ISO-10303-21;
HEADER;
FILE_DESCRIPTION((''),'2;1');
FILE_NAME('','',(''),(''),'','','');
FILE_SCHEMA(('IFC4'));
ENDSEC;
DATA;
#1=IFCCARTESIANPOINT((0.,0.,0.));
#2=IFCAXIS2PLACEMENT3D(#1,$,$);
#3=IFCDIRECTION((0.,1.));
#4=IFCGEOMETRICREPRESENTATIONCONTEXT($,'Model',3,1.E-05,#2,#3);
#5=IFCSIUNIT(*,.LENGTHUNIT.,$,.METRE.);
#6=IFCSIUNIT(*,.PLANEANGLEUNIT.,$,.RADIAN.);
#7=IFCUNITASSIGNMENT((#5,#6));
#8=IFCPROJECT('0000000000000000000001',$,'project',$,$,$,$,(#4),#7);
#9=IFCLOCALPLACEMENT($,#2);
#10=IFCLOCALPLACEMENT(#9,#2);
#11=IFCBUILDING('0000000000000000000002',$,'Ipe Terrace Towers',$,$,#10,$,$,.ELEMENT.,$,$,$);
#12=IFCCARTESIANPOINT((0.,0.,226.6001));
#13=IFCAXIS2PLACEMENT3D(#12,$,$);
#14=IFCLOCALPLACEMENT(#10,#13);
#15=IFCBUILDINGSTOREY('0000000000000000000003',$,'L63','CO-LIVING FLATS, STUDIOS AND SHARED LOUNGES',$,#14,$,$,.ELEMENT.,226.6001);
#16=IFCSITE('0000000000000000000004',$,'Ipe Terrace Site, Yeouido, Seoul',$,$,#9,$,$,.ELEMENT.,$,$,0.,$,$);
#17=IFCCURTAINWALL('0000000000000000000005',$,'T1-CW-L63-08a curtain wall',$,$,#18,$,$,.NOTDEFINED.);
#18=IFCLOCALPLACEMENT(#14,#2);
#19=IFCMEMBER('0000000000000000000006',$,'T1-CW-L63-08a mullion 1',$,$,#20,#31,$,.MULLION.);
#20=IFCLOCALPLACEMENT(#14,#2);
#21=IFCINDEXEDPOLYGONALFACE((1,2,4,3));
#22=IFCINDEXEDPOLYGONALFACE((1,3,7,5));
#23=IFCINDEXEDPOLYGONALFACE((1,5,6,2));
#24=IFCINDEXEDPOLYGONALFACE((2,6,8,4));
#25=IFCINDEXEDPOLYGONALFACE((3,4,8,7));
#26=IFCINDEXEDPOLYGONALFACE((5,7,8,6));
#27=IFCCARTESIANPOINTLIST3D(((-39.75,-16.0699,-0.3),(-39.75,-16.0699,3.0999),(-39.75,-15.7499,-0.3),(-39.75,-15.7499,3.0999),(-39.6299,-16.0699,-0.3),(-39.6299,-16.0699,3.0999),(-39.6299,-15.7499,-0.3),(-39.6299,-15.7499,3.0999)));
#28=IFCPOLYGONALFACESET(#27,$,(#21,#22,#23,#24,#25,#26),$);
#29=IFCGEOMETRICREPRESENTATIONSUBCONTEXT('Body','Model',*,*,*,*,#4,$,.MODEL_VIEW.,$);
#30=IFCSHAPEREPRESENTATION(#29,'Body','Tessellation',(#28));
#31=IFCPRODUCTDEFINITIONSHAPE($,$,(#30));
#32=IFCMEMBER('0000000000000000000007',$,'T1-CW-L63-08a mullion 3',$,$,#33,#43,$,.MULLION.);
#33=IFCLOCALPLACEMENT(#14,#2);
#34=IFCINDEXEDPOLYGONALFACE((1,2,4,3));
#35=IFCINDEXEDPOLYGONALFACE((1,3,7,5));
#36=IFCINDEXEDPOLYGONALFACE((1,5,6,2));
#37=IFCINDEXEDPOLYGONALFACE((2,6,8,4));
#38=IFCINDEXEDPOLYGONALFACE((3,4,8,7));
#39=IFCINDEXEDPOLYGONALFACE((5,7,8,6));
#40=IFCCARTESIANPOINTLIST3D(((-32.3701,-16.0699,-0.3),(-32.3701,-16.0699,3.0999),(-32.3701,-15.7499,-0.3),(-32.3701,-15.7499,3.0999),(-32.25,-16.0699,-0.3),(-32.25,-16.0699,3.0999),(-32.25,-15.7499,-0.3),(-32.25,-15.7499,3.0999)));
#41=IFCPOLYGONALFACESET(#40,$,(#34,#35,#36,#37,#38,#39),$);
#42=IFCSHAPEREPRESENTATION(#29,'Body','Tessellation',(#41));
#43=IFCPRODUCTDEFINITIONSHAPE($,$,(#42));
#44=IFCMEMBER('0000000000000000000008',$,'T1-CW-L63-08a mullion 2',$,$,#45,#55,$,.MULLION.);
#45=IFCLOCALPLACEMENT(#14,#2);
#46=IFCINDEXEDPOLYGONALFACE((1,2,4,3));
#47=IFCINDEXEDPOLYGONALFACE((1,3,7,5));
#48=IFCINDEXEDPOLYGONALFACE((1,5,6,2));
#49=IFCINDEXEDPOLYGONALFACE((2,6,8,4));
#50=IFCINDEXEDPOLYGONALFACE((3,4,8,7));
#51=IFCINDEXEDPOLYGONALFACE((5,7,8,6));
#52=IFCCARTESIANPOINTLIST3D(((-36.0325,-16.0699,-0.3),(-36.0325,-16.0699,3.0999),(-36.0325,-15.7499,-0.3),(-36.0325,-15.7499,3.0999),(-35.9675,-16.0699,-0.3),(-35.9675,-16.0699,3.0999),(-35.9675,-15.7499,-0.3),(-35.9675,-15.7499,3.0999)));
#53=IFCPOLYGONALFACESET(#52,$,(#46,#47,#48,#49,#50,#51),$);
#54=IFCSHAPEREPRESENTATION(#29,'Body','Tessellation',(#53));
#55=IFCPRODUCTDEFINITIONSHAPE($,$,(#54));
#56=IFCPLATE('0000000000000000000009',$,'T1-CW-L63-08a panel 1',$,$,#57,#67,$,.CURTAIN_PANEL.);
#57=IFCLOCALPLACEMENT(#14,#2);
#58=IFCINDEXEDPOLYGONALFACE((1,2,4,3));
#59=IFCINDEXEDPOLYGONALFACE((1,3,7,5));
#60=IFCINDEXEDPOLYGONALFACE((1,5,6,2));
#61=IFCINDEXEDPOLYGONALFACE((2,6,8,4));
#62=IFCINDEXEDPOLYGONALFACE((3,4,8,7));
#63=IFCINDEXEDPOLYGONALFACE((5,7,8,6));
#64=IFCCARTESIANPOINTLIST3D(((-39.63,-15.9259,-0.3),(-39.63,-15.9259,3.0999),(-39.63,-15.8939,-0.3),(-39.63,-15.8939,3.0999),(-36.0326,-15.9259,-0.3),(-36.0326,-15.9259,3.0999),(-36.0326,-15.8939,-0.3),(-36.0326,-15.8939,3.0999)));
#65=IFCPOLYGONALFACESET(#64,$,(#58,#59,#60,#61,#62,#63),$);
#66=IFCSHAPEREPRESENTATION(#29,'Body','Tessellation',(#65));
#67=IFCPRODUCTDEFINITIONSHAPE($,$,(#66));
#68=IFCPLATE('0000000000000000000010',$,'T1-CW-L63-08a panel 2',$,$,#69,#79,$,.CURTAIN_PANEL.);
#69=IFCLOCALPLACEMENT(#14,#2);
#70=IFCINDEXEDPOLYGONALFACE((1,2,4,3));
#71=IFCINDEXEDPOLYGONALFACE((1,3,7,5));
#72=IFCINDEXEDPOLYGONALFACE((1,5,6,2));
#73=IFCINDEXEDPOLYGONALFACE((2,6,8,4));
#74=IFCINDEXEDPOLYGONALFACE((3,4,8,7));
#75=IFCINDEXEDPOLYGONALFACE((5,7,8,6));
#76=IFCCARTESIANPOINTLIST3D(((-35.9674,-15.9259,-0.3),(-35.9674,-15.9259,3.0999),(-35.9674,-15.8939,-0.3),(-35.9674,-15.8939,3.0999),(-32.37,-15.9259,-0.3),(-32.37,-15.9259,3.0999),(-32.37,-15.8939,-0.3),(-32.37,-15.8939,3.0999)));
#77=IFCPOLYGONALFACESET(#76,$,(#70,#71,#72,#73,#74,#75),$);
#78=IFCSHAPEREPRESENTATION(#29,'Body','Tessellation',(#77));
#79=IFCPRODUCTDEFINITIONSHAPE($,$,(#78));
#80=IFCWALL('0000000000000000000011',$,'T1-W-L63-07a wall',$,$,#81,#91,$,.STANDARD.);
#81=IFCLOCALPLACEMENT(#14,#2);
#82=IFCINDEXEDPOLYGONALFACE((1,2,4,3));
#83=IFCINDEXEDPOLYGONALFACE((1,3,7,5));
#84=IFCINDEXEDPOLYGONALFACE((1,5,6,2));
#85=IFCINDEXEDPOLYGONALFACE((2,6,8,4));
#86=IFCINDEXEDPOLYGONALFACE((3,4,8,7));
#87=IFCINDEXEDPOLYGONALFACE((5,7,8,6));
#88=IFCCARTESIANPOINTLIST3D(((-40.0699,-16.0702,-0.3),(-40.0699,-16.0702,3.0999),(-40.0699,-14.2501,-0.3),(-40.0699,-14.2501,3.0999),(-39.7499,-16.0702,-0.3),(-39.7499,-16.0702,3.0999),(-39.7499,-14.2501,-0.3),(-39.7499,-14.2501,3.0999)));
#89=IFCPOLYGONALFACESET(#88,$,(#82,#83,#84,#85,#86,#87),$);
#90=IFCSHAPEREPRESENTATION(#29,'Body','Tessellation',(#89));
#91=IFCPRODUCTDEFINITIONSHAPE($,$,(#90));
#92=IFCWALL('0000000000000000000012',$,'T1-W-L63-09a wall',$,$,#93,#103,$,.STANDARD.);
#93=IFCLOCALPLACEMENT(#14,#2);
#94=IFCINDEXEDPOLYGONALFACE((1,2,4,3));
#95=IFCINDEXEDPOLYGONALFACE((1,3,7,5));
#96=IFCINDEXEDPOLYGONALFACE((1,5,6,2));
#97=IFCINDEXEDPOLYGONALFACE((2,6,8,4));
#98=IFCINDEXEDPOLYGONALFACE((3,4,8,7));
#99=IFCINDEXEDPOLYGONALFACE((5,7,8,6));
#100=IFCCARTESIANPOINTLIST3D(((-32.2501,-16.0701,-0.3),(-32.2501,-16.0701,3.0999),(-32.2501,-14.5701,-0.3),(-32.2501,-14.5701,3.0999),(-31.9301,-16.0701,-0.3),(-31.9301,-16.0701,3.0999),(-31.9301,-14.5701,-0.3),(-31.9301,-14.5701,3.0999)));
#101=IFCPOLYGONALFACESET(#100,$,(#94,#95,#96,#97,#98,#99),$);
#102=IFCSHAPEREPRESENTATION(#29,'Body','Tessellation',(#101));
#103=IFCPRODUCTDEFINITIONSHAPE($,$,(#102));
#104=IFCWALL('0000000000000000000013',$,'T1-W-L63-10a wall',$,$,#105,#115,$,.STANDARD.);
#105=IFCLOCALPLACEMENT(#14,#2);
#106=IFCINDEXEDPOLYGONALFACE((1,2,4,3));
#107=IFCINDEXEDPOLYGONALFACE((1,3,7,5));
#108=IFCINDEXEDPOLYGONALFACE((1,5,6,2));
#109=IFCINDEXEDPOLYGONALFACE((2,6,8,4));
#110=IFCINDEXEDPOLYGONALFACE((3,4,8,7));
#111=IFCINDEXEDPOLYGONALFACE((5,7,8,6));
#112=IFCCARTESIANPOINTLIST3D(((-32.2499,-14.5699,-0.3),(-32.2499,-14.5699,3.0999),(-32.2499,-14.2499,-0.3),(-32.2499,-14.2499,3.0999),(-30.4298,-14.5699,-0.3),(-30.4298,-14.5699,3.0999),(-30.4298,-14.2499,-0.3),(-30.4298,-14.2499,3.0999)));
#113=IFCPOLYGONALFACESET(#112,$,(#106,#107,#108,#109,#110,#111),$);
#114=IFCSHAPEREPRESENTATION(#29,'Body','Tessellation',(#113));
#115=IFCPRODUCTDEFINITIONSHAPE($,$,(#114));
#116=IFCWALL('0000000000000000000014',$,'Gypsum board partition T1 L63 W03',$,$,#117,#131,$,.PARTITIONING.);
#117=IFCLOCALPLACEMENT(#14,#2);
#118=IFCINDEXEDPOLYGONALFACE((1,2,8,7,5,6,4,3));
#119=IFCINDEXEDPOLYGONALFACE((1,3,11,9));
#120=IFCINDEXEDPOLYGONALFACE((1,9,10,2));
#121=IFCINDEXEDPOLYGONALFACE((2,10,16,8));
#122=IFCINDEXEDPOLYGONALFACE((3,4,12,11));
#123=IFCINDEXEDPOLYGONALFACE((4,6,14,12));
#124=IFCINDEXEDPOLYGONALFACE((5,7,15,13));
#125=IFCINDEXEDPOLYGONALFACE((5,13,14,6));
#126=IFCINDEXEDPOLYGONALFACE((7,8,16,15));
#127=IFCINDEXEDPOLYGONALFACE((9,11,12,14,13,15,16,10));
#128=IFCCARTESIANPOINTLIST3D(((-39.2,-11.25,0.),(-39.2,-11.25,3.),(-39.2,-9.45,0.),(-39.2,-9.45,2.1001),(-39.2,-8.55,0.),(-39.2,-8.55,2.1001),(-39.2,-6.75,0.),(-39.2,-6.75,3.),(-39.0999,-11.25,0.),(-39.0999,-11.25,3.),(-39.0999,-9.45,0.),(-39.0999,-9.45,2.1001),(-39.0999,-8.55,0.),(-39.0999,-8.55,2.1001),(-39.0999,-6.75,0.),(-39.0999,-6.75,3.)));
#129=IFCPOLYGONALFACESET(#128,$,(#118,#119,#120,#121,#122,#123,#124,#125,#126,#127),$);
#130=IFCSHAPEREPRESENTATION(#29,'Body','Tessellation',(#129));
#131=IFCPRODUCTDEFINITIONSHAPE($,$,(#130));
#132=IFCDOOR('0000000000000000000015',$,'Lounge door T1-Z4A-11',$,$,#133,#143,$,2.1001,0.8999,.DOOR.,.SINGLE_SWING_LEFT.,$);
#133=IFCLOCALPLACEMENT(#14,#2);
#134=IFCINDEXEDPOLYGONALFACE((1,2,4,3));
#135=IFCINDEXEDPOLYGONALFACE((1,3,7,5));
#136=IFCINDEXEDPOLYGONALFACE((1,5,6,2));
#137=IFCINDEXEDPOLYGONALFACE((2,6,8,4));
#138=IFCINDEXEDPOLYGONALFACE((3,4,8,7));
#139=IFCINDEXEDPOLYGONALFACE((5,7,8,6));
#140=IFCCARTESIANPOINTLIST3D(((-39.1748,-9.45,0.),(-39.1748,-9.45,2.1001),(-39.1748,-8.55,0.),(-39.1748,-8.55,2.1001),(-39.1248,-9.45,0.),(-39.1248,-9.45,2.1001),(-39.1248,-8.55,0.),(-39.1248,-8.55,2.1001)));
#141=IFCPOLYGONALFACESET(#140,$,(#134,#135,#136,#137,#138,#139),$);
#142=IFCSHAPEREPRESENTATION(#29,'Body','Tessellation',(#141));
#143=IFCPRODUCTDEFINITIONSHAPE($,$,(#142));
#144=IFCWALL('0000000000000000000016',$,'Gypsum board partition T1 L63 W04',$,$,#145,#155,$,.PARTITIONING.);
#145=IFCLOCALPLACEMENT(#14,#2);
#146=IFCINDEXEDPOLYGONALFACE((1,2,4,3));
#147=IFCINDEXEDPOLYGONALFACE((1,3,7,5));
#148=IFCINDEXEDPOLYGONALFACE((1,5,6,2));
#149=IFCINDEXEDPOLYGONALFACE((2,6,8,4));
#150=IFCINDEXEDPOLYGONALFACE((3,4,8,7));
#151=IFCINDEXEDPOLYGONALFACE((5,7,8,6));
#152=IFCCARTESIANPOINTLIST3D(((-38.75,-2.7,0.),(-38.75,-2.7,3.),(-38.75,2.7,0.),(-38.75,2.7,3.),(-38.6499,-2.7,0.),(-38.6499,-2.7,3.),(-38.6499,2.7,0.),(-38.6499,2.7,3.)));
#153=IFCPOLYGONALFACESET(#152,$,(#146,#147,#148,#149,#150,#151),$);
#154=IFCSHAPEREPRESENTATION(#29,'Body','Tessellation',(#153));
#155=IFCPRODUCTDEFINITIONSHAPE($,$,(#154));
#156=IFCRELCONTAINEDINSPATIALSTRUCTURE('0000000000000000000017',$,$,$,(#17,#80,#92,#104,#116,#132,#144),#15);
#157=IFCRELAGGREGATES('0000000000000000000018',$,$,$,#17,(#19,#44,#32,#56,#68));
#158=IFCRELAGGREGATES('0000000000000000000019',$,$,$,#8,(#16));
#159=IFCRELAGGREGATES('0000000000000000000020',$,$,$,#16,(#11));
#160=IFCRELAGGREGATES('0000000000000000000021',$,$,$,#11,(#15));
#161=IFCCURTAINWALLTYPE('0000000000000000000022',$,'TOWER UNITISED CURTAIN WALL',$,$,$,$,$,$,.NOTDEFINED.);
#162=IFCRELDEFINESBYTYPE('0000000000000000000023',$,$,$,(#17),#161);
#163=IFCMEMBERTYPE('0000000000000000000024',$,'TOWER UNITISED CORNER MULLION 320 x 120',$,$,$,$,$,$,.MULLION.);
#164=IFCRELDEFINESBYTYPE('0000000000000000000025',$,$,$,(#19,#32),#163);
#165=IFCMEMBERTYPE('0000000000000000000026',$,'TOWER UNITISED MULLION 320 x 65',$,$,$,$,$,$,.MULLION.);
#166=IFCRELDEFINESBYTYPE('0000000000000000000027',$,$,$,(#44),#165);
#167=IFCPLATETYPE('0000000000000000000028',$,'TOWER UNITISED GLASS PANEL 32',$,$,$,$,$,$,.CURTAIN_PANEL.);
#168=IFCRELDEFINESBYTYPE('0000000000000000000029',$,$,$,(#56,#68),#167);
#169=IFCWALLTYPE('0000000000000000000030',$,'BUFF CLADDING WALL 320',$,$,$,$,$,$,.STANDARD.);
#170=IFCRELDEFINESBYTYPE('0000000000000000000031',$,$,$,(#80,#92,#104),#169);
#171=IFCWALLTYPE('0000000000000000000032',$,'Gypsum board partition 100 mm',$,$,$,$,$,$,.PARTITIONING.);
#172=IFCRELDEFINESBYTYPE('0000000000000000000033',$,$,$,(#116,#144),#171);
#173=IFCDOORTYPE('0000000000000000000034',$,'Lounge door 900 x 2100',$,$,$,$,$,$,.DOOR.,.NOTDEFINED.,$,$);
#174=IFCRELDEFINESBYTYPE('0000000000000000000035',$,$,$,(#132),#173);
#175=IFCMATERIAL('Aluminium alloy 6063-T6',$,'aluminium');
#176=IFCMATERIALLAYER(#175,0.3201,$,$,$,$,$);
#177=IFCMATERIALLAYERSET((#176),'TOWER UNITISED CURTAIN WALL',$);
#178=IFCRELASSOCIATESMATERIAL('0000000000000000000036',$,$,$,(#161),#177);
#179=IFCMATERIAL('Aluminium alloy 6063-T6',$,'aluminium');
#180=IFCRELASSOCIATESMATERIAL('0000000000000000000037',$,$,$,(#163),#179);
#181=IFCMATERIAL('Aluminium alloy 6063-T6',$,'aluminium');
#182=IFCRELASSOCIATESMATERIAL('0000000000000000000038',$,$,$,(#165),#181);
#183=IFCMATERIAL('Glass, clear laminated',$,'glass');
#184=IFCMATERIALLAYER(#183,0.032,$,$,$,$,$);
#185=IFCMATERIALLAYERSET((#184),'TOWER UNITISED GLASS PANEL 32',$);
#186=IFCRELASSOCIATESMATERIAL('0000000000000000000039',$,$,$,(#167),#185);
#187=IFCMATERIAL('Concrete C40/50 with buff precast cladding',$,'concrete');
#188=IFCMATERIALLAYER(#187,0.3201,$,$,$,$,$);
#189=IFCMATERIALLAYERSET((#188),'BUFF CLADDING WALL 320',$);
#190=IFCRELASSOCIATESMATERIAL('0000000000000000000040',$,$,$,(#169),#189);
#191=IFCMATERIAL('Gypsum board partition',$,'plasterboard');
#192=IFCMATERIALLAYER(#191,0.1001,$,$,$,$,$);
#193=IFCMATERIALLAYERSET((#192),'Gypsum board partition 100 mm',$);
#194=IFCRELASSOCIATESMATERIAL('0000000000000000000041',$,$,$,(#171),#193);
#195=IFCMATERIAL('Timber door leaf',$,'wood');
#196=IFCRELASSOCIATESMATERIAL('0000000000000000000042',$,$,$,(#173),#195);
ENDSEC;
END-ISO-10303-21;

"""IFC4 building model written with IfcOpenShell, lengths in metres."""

from ifc_helpers import new_model, si_unit, direction, frame, frame_2d, origin, origin_2d, place, context, subcontext, project, spatial, rectangle, extrude, material, layer, layer_set, material_profile, profile_set, type_object, element, fill, aggregate, save


model = new_model("IFC4")

# Units and contexts
model_context = context("Model", 3, precision=1e-05, world=origin(), true_north=direction((0.0, 1.0)))
body_context = subcontext(model_context, "Body", "Model", "MODEL_VIEW")
ifc_project = project(units=[si_unit("LENGTHUNIT", "METRE"), si_unit("PLANEANGLEUNIT", "RADIAN")], contexts=[model_context])

# Site, building, storey
site_placement = place(None, origin())
site = spatial("IfcSite", under=ifc_project, at=site_placement, Name="Ipe Terrace Site, Yeouido, Seoul", CompositionType="ELEMENT", RefElevation=0.0)
building_placement = place(site_placement, origin())
building = spatial("IfcBuilding", under=site, at=building_placement, Name="Ipe Terrace Towers", CompositionType="ELEMENT")
storey_placement = place(building_placement, frame((0.0, 0.0, 226.6001)))
storey = spatial("IfcBuildingStorey", under=building, at=storey_placement, Name="L63", Description="CO-LIVING FLATS, STUDIOS AND SHARED LOUNGES", CompositionType="ELEMENT", Elevation=226.6001)

# Curtain wall, members, plates
ifc_material_1 = material(Name="Aluminium alloy 6063-T6", Category="aluminium")
ifc_layer_1 = layer(ifc_material_1, 0.3201)
ifc_layer_set_1 = layer_set([ifc_layer_1], Name="TOWER UNITISED CURTAIN WALL")
curtain_wall_type = type_object("IfcCurtainWallType", Name="TOWER UNITISED CURTAIN WALL", PredefinedType="NOTDEFINED", material=ifc_layer_set_1)
curtain_wall_placement = place(storey_placement, origin())
curtain_wall = element("IfcCurtainWall", 1, at=curtain_wall_placement, inside=storey, type_object=curtain_wall_type, Name="T1-CW-L63-08a curtain wall", PredefinedType="NOTDEFINED")
ifc_material_2 = material(Name="Aluminium alloy 6063-T6", Category="aluminium")
ifc_material_profile_1 = material_profile(ifc_material_2, rectangle(XDim=0.3201, YDim=0.1201, at=origin_2d()), Name="TOWER UNITISED CORNER MULLION 320 x 120")
ifc_profile_set_1 = profile_set([ifc_material_profile_1], Name="Aluminium alloy 6063-T6")
member_type_1 = type_object("IfcMemberType", Name="TOWER UNITISED CORNER MULLION 320 x 120", PredefinedType="MULLION", material=ifc_profile_set_1)
member_1_placement = place(storey_placement, frame((-39.6899, -15.9099, -0.3), z_axis=(0.0, 0.0, 1.0), x_axis=(0.0, -1.0, 0.0)))
member_1 = element("IfcMember", 2, at=member_1_placement, type_object=member_type_1, Name="T1-CW-L63-08a mullion 1", PredefinedType="MULLION", context=body_context, shape_type="SweptSolid", body=[
    extrude(rectangle(XDim=0.3201, YDim=0.1201, at=origin_2d()), origin(), (0.0, 0.0, 1.0), 3.3999),
])
member_2_placement = place(storey_placement, frame((-32.3101, -15.9099, -0.3), z_axis=(0.0, 0.0, 1.0), x_axis=(0.0, -1.0, 0.0)))
member_2 = element("IfcMember", 3, at=member_2_placement, type_object=member_type_1, Name="T1-CW-L63-08a mullion 3", PredefinedType="MULLION", context=body_context, shape_type="SweptSolid", body=[
    extrude(rectangle(XDim=0.3201, YDim=0.1201, at=origin_2d()), origin(), (0.0, 0.0, 1.0), 3.3999),
])
ifc_material_3 = material(Name="Aluminium alloy 6063-T6", Category="aluminium")
ifc_material_profile_2 = material_profile(ifc_material_3, rectangle(XDim=0.3201, YDim=0.0649, at=origin_2d()), Name="TOWER UNITISED MULLION 320 x 65")
ifc_profile_set_2 = profile_set([ifc_material_profile_2], Name="Aluminium alloy 6063-T6")
member_type_2 = type_object("IfcMemberType", Name="TOWER UNITISED MULLION 320 x 65", PredefinedType="MULLION", material=ifc_profile_set_2)
member_3_placement = place(storey_placement, frame((-36.0, -15.9099, -0.3), z_axis=(0.0, 0.0, 1.0), x_axis=(0.0, -1.0, 0.0)))
member_3 = element("IfcMember", 4, at=member_3_placement, type_object=member_type_2, Name="T1-CW-L63-08a mullion 2", PredefinedType="MULLION", context=body_context, shape_type="SweptSolid", body=[
    extrude(rectangle(XDim=0.3201, YDim=0.0649, at=origin_2d()), origin(), (0.0, 0.0, 1.0), 3.3999),
])
ifc_material_4 = material(Name="Glass, clear laminated", Category="glass")
ifc_layer_2 = layer(ifc_material_4, 0.032)
ifc_layer_set_2 = layer_set([ifc_layer_2], Name="TOWER UNITISED GLASS PANEL 32")
plate_type = type_object("IfcPlateType", Name="TOWER UNITISED GLASS PANEL 32", PredefinedType="CURTAIN_PANEL", material=ifc_layer_set_2)
plate_1_placement = place(storey_placement, frame((-37.8313, -15.9099, -0.3), z_axis=(0.0, 0.0, 1.0), x_axis=(1.0, 0.0, 0.0)))
plate_1 = element("IfcPlate", 5, at=plate_1_placement, type_object=plate_type, Name="T1-CW-L63-08a panel 1", PredefinedType="CURTAIN_PANEL", context=body_context, shape_type="SweptSolid", body=[
    extrude(rectangle(XDim=3.5974, YDim=0.032, at=origin_2d()), origin(), (0.0, 0.0, 1.0), 3.3999),
])
plate_2_placement = place(storey_placement, frame((-34.1687, -15.9099, -0.3), z_axis=(0.0, 0.0, 1.0), x_axis=(1.0, 0.0, 0.0)))
plate_2 = element("IfcPlate", 6, at=plate_2_placement, type_object=plate_type, Name="T1-CW-L63-08a panel 2", PredefinedType="CURTAIN_PANEL", context=body_context, shape_type="SweptSolid", body=[
    extrude(rectangle(XDim=3.5974, YDim=0.032, at=origin_2d()), origin(), (0.0, 0.0, 1.0), 3.3999),
])
aggregate(curtain_wall, [member_1, member_3, member_2, plate_1, plate_2])

# Walls
ifc_material_5 = material(Name="Concrete C40/50 with buff precast cladding", Category="concrete")
ifc_layer_3 = layer(ifc_material_5, 0.3201)
ifc_layer_set_3 = layer_set([ifc_layer_3], Name="BUFF CLADDING WALL 320")
wall_type_1 = type_object("IfcWallType", Name="BUFF CLADDING WALL 320", PredefinedType="STANDARD", material=ifc_layer_set_3)
wall_1_placement = place(storey_placement, frame((-39.9099, -14.25, -0.3), z_axis=(0.0, 0.0, 1.0), x_axis=(0.0, -1.0, 0.0)))
element("IfcWall", 7, at=wall_1_placement, inside=storey, type_object=wall_type_1, Name="T1-W-L63-07a wall", PredefinedType="STANDARD", context=body_context, shape_type="SweptSolid", body=[
    extrude(rectangle(XDim=1.8201, YDim=0.3201, at=frame_2d((0.9102, 0.0))), origin(), (0.0, 0.0, 1.0), 3.3999),
])
wall_2_placement = place(storey_placement, frame((-32.0901, -16.0701, -0.3), z_axis=(0.0, 0.0, 1.0), x_axis=(0.0, 1.0, 0.0)))
element("IfcWall", 8, at=wall_2_placement, inside=storey, type_object=wall_type_1, Name="T1-W-L63-09a wall", PredefinedType="STANDARD", context=body_context, shape_type="SweptSolid", body=[
    extrude(rectangle(XDim=1.5, YDim=0.3201, at=frame_2d((0.75, 0.0))), origin(), (0.0, 0.0, 1.0), 3.3999),
])
wall_3_placement = place(storey_placement, frame((-32.25, -14.4099, -0.3), z_axis=(0.0, 0.0, 1.0), x_axis=(1.0, 0.0, 0.0)))
element("IfcWall", 9, at=wall_3_placement, inside=storey, type_object=wall_type_1, Name="T1-W-L63-10a wall", PredefinedType="STANDARD", context=body_context, shape_type="SweptSolid", body=[
    extrude(rectangle(XDim=1.8201, YDim=0.3201, at=frame_2d((0.9102, 0.0))), origin(), (0.0, 0.0, 1.0), 3.3999),
])

# Wall, opening, door
ifc_material_6 = material(Name="Gypsum board partition", Category="plasterboard")
ifc_layer_4 = layer(ifc_material_6, 0.1001)
ifc_layer_set_4 = layer_set([ifc_layer_4], Name="Gypsum board partition 100 mm")
wall_type_2 = type_object("IfcWallType", Name="Gypsum board partition 100 mm", PredefinedType="PARTITIONING", material=ifc_layer_set_4)
wall_4_placement = place(storey_placement, frame((-39.1499, -11.25, 0.0), z_axis=(0.0, 0.0, 1.0), x_axis=(0.0, 1.0, 0.0)))
wall_4 = element("IfcWall", 10, at=wall_4_placement, inside=storey, type_object=wall_type_2, Name="Gypsum board partition T1 L63 W03", PredefinedType="PARTITIONING", context=body_context, shape_type="SweptSolid", body=[
    extrude(rectangle(XDim=4.5, YDim=0.1001, at=frame_2d((2.25, 0.0))), origin(), (0.0, 0.0, 1.0), 3.0),
])
opening_1_placement = place(wall_4_placement, frame((1.8, 0.0, 0.0)))
opening_1 = element("IfcOpeningElement", 11, at=opening_1_placement, cuts=wall_4, PredefinedType="OPENING", context=body_context, shape_type="SweptSolid", body=[
    extrude(rectangle(XDim=0.8999, YDim=2.1001, at=frame_2d((0.45, 1.05))), frame((0.0, 0.0601, 0.0), z_axis=(0.0, -1.0, 0.0), x_axis=(1.0, 0.0, 0.0)), (0.0, 0.0, 1.0), 0.1201),
])
ifc_material_7 = material(Name="Timber door leaf", Category="wood")
door_type = type_object("IfcDoorType", Name="Lounge door 900 x 2100", OperationType="NOTDEFINED", PredefinedType="DOOR", material=ifc_material_7)
door_1_placement = place(opening_1_placement, origin())
door_1 = element("IfcDoor", 12, at=door_1_placement, inside=storey, type_object=door_type, Name="Lounge door T1-Z4A-11", OperationType="SINGLE_SWING_LEFT", OverallHeight=2.1001, OverallWidth=0.8999, PredefinedType="DOOR", context=body_context, shape_type="SweptSolid", body=[
    extrude(rectangle(XDim=0.8999, YDim=2.1001, at=frame_2d((0.45, 1.05))), frame((0.0, 0.0249, 0.0), z_axis=(0.0, -1.0, 0.0), x_axis=(1.0, 0.0, 0.0)), (0.0, 0.0, 1.0), 0.05),
])
fill(opening_1, door_1)

# Wall
wall_5_placement = place(storey_placement, frame((-38.7, -2.7, 0.0), z_axis=(0.0, 0.0, 1.0), x_axis=(0.0, 1.0, 0.0)))
element("IfcWall", 13, at=wall_5_placement, inside=storey, type_object=wall_type_2, Name="Gypsum board partition T1 L63 W04", PredefinedType="PARTITIONING", context=body_context, shape_type="SweptSolid", body=[
    extrude(rectangle(XDim=5.3999, YDim=0.1001, at=frame_2d((2.7, 0.0))), origin(), (0.0, 0.0, 1.0), 3.0),
])

save(model, "model.ifc")
